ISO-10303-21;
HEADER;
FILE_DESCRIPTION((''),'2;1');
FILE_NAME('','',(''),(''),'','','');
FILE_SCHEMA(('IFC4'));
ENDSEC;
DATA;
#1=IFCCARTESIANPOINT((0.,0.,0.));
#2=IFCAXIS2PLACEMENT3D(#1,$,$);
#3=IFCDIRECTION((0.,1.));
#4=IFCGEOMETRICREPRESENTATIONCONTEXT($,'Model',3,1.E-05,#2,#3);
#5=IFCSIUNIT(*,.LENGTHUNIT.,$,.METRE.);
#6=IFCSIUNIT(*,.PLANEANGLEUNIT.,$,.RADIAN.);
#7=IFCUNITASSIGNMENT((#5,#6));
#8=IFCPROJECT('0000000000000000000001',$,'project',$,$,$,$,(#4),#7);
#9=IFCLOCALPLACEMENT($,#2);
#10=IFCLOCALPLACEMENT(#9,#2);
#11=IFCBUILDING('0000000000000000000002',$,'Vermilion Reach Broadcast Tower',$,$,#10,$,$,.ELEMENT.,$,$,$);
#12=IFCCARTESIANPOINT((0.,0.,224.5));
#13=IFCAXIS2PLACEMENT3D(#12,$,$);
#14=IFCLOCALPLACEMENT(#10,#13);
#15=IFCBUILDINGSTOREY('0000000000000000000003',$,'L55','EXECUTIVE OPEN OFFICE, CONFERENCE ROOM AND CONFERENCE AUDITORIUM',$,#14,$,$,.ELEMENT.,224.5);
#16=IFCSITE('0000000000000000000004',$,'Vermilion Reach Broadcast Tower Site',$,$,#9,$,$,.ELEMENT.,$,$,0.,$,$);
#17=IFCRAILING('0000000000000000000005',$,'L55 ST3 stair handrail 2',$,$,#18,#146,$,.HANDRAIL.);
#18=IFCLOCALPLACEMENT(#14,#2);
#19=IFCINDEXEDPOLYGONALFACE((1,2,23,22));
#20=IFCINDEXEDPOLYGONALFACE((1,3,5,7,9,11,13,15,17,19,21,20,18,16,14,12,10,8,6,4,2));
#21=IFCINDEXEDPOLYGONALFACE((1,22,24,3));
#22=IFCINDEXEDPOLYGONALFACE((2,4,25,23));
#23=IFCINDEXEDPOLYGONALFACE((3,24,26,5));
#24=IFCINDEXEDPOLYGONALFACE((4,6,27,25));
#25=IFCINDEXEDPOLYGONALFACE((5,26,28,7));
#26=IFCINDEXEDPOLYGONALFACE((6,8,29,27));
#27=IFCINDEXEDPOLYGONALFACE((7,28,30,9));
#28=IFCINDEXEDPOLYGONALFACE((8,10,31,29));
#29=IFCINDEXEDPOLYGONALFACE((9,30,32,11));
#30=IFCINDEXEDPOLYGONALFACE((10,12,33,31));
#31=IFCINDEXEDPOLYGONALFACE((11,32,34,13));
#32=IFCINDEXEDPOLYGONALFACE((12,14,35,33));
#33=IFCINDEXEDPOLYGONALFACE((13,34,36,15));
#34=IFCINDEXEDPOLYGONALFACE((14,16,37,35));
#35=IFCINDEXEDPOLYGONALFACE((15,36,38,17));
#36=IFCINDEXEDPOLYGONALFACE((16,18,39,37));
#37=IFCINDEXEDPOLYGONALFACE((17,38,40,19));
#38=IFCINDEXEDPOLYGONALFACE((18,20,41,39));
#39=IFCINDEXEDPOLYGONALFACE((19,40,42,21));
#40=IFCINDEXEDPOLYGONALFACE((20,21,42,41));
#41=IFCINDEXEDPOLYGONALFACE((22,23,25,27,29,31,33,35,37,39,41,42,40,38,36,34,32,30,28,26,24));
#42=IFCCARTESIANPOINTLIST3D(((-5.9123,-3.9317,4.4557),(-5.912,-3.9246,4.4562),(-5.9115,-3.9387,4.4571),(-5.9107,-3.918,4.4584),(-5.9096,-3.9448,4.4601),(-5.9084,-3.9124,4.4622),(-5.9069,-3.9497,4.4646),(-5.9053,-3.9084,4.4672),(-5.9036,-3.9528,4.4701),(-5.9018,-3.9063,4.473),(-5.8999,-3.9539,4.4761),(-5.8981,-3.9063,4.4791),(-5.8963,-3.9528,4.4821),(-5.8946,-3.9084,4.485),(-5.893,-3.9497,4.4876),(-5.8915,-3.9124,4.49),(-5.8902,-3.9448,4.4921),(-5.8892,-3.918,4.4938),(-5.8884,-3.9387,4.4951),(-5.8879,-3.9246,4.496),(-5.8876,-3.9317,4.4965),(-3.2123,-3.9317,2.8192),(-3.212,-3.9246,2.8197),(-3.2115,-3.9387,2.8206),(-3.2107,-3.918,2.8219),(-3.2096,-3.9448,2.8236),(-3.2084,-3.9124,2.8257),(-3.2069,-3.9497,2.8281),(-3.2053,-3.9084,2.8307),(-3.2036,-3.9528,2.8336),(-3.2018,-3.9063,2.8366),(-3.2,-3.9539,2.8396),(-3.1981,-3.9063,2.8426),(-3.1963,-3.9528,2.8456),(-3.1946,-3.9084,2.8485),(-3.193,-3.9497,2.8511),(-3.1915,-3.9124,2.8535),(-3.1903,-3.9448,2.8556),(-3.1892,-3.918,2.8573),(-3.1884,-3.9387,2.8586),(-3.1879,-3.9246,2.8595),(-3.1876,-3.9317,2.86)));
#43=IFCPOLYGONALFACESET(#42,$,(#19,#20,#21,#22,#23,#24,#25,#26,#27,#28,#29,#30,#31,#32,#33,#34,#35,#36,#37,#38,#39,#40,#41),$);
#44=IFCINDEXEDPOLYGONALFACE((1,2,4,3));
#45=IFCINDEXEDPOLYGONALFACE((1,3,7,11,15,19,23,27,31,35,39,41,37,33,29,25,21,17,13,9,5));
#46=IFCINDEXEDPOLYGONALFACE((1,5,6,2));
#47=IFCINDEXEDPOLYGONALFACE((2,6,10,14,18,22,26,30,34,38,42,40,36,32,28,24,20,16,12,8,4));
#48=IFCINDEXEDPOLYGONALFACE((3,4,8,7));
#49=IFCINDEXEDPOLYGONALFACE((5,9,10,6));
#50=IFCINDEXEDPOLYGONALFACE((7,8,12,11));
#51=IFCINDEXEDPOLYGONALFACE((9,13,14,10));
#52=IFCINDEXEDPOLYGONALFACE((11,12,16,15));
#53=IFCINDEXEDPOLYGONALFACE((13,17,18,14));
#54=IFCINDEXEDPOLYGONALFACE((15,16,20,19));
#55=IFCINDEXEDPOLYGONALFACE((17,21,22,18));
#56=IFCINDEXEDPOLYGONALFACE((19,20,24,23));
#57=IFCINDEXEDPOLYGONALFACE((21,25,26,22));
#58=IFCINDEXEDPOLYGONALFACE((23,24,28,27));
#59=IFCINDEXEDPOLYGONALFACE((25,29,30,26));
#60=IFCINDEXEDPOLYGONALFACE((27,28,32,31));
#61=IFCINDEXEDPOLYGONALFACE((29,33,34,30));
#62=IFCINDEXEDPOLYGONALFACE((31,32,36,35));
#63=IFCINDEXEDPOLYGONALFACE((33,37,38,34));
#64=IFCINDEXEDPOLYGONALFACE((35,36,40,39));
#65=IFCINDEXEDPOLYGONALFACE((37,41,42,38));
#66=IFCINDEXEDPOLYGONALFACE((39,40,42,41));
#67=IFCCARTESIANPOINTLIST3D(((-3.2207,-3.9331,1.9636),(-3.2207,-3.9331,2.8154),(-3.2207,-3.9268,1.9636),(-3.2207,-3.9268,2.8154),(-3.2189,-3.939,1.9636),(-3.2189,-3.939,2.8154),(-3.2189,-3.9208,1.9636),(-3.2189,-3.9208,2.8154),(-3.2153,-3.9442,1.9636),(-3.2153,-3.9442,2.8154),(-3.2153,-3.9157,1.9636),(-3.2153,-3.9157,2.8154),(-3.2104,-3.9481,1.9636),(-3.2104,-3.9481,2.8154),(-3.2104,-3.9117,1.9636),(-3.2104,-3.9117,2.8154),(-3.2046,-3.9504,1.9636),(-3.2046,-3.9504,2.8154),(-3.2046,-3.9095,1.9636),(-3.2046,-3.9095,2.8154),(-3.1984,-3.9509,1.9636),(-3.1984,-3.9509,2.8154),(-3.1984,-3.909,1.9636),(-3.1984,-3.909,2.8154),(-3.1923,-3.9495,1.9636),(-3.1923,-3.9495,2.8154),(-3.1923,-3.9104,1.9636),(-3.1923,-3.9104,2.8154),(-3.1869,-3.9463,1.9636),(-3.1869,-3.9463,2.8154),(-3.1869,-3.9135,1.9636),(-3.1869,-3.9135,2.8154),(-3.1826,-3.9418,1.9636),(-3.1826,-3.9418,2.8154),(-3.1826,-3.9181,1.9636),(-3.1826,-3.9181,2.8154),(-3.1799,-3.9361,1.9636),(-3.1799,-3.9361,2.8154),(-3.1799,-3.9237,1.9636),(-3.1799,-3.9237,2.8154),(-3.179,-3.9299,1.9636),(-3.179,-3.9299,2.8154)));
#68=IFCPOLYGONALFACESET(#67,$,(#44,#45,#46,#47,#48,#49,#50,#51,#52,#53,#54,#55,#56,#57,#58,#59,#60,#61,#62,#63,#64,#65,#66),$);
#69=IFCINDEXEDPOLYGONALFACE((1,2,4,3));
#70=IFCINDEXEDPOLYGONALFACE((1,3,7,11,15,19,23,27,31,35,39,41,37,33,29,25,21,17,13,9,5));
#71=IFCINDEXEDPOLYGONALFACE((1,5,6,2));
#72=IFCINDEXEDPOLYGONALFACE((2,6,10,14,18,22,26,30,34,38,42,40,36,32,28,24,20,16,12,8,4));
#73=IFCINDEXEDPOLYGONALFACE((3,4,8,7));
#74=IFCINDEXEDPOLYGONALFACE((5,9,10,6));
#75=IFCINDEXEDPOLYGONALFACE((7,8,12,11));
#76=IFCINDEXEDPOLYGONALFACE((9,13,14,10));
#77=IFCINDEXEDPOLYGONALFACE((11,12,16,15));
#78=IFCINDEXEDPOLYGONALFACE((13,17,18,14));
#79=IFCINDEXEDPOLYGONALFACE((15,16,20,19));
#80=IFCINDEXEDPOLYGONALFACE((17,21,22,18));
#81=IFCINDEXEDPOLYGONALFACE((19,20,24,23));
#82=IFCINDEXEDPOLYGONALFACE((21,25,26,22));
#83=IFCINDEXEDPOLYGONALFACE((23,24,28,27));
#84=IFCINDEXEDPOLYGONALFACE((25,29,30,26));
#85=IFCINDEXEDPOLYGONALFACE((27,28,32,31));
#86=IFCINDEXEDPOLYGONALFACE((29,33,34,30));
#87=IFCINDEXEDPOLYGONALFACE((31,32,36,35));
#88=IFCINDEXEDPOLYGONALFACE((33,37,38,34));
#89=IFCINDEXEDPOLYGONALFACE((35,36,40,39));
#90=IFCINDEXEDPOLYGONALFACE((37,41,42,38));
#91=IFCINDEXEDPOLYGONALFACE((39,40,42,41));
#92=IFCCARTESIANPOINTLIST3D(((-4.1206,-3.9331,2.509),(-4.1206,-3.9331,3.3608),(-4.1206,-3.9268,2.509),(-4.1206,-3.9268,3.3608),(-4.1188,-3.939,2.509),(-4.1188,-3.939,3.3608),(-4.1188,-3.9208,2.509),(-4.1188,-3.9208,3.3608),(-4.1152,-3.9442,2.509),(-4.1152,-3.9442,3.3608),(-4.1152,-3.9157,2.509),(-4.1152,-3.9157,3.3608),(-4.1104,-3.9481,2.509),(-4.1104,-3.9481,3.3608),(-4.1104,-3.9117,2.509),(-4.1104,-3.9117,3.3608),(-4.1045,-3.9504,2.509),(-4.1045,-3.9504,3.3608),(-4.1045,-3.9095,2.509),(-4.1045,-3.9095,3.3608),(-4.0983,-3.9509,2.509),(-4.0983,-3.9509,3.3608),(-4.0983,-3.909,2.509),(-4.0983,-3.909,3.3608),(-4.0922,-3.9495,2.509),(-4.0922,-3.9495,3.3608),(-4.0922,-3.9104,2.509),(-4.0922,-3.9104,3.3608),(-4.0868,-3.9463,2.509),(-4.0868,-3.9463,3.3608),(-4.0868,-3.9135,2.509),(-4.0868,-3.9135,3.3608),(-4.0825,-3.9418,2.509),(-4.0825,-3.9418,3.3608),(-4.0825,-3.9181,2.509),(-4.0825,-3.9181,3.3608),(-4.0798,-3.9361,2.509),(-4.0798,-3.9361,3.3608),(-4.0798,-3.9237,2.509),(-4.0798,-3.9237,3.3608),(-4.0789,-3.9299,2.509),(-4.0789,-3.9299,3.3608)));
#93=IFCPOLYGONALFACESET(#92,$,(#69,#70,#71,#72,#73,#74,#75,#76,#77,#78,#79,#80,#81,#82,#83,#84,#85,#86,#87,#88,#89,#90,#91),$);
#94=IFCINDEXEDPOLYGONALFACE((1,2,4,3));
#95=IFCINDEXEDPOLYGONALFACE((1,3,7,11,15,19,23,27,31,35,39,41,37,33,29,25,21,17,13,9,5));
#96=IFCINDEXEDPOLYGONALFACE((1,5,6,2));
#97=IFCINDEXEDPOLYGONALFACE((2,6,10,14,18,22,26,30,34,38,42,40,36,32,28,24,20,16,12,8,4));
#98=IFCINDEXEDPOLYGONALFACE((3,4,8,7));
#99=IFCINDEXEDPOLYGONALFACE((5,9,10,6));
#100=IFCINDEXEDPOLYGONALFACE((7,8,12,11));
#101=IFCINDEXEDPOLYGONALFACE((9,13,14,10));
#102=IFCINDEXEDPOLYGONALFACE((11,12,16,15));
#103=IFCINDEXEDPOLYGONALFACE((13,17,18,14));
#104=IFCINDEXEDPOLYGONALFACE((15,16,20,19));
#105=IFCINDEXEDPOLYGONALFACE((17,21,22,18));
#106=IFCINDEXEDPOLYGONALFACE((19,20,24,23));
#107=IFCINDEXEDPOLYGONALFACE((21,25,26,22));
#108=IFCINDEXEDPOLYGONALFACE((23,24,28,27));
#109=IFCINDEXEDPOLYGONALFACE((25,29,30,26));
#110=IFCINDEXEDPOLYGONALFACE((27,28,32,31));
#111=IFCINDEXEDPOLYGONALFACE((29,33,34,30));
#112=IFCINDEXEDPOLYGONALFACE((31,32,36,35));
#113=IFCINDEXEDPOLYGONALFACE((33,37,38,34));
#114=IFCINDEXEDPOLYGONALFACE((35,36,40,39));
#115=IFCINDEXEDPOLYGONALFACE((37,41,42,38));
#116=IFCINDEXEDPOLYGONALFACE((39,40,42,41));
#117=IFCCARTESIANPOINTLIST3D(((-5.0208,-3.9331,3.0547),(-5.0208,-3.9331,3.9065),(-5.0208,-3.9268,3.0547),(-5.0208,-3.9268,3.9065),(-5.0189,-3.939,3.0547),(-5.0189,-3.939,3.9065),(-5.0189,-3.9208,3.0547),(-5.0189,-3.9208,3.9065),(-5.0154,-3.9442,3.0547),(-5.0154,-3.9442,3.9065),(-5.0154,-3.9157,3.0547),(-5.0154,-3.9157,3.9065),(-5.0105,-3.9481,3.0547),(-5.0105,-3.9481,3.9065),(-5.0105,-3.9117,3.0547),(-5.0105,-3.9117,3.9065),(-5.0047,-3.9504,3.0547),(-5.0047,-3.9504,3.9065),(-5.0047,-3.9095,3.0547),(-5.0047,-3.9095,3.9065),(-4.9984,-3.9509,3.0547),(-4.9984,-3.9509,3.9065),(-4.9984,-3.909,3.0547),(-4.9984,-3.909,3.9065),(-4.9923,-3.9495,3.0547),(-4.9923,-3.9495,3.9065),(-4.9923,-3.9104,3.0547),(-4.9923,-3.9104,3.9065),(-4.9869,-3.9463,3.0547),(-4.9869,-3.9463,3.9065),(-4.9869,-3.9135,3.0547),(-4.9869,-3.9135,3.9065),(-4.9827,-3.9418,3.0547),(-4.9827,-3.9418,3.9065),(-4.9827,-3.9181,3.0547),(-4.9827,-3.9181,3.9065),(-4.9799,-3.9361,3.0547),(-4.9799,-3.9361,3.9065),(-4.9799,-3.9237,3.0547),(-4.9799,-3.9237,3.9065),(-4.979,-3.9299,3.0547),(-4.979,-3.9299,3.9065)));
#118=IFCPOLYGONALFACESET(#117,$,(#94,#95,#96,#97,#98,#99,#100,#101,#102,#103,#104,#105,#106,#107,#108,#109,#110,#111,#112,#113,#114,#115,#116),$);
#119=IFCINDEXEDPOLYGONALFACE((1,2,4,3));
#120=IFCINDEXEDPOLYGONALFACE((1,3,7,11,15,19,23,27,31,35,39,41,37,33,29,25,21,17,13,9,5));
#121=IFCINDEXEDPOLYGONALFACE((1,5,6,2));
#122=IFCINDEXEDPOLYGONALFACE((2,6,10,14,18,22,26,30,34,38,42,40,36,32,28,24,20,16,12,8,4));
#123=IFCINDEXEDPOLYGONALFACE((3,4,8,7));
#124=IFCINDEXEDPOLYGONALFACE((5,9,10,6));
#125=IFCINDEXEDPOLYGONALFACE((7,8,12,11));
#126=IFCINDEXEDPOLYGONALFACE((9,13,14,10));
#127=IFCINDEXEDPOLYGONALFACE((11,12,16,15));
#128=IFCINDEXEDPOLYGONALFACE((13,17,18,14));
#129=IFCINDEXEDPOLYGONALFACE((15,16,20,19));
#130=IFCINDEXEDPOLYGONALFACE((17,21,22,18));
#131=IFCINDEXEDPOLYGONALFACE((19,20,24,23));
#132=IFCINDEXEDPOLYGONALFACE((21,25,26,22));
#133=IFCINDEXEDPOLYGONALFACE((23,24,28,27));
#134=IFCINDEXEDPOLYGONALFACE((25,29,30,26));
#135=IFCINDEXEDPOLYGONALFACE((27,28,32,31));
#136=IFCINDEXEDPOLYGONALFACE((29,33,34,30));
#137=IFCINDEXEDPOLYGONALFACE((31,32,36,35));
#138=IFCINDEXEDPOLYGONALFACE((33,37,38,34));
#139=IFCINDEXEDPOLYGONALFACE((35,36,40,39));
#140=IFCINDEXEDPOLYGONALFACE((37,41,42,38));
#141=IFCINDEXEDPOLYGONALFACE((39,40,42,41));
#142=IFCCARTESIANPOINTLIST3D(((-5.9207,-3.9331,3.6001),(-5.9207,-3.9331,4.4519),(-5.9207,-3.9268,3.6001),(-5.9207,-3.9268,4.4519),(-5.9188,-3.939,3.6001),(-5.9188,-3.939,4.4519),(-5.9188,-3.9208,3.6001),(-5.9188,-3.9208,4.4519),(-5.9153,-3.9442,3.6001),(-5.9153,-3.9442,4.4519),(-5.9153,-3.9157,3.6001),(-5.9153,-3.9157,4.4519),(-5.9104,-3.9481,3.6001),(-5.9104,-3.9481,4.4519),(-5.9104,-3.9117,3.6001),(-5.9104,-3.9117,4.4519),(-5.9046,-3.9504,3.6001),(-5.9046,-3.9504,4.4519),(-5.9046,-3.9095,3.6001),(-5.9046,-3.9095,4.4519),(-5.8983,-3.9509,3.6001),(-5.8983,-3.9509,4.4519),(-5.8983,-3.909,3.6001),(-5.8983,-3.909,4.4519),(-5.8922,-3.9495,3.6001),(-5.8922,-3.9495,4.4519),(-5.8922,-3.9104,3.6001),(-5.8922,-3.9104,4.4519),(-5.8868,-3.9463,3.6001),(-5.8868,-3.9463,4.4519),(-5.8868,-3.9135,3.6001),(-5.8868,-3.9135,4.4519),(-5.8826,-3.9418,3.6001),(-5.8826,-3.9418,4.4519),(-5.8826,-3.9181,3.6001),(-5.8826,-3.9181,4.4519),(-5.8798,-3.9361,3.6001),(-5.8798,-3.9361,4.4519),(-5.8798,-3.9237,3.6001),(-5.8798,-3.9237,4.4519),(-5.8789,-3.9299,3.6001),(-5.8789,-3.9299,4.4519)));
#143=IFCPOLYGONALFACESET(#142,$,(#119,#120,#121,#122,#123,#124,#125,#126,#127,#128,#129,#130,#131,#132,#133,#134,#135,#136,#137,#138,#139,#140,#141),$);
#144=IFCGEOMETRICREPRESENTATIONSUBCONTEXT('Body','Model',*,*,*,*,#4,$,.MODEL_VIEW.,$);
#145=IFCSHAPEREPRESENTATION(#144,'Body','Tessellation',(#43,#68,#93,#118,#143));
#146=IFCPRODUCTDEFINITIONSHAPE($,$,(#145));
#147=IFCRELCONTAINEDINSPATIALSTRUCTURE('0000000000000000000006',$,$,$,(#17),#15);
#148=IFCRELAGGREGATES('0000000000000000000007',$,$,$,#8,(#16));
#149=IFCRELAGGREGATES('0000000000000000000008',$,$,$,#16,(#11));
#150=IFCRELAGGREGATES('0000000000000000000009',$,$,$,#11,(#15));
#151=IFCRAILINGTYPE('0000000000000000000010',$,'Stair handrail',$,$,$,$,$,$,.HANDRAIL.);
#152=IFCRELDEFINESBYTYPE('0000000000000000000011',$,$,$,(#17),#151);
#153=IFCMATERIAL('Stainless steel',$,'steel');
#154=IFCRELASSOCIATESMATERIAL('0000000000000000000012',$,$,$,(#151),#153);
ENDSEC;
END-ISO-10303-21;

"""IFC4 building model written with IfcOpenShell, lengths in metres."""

from ifc_helpers import new_model, si_unit, direction, frame, origin, origin_2d, place, context, subcontext, project, spatial, circle, extrude, material, type_object, element, save


model = new_model("IFC4")

# Units and contexts
model_context = context("Model", 3, precision=1e-05, world=origin(), true_north=direction((0.0, 1.0)))
body_context = subcontext(model_context, "Body", "Model", "MODEL_VIEW")
ifc_project = project(units=[si_unit("LENGTHUNIT", "METRE"), si_unit("PLANEANGLEUNIT", "RADIAN")], contexts=[model_context])

# Site, building, storey
site_placement = place(None, origin())
site = spatial("IfcSite", under=ifc_project, at=site_placement, Name="Vermilion Reach Broadcast Tower Site", CompositionType="ELEMENT", RefElevation=0.0)
building_placement = place(site_placement, origin())
building = spatial("IfcBuilding", under=site, at=building_placement, Name="Vermilion Reach Broadcast Tower", CompositionType="ELEMENT")
storey_placement = place(building_placement, frame((0.0, 0.0, 224.5)))
storey = spatial("IfcBuildingStorey", under=building, at=storey_placement, Name="L55", Description="EXECUTIVE OPEN OFFICE, CONFERENCE ROOM AND CONFERENCE AUDITORIUM", CompositionType="ELEMENT", Elevation=224.5)

# Railing
ifc_material_1 = material(Name="Stainless steel", Category="steel")
railing_type_1 = type_object("IfcRailingType", Name="Stair handrail", PredefinedType="HANDRAIL", material=ifc_material_1)
railing_1_placement = place(storey_placement, frame((-3.2, -3.9299, 1.9636)))
element("IfcRailing", 1, at=railing_1_placement, inside=storey, type_object=railing_type_1, Name="L55 ST3 stair handrail 2", PredefinedType="HANDRAIL", context=body_context, shape_type="SweptSolid", body=[
    extrude(circle(Radius=0.0239, at=origin_2d()), frame((0.0, 0.0, 0.876), z_axis=(-0.855178, 0.0, 0.518334), x_axis=(0.0, -1.0, 0.0)), (0.0, 0.0, 1.0), 3.1572),
    extrude(circle(Radius=0.021, at=origin_2d()), origin(), (0.0, 0.0, 1.0), 0.8518),
    extrude(circle(Radius=0.021, at=origin_2d()), frame((-0.8999, 0.0, 0.5454)), (0.0, 0.0, 1.0), 0.8518),
    extrude(circle(Radius=0.021, at=origin_2d()), frame((-1.8, 0.0, 1.0911)), (0.0, 0.0, 1.0), 0.8518),
    extrude(circle(Radius=0.021, at=origin_2d()), frame((-2.7, 0.0, 1.6365)), (0.0, 0.0, 1.0), 0.8518),
])

save(model, "model.ifc")
